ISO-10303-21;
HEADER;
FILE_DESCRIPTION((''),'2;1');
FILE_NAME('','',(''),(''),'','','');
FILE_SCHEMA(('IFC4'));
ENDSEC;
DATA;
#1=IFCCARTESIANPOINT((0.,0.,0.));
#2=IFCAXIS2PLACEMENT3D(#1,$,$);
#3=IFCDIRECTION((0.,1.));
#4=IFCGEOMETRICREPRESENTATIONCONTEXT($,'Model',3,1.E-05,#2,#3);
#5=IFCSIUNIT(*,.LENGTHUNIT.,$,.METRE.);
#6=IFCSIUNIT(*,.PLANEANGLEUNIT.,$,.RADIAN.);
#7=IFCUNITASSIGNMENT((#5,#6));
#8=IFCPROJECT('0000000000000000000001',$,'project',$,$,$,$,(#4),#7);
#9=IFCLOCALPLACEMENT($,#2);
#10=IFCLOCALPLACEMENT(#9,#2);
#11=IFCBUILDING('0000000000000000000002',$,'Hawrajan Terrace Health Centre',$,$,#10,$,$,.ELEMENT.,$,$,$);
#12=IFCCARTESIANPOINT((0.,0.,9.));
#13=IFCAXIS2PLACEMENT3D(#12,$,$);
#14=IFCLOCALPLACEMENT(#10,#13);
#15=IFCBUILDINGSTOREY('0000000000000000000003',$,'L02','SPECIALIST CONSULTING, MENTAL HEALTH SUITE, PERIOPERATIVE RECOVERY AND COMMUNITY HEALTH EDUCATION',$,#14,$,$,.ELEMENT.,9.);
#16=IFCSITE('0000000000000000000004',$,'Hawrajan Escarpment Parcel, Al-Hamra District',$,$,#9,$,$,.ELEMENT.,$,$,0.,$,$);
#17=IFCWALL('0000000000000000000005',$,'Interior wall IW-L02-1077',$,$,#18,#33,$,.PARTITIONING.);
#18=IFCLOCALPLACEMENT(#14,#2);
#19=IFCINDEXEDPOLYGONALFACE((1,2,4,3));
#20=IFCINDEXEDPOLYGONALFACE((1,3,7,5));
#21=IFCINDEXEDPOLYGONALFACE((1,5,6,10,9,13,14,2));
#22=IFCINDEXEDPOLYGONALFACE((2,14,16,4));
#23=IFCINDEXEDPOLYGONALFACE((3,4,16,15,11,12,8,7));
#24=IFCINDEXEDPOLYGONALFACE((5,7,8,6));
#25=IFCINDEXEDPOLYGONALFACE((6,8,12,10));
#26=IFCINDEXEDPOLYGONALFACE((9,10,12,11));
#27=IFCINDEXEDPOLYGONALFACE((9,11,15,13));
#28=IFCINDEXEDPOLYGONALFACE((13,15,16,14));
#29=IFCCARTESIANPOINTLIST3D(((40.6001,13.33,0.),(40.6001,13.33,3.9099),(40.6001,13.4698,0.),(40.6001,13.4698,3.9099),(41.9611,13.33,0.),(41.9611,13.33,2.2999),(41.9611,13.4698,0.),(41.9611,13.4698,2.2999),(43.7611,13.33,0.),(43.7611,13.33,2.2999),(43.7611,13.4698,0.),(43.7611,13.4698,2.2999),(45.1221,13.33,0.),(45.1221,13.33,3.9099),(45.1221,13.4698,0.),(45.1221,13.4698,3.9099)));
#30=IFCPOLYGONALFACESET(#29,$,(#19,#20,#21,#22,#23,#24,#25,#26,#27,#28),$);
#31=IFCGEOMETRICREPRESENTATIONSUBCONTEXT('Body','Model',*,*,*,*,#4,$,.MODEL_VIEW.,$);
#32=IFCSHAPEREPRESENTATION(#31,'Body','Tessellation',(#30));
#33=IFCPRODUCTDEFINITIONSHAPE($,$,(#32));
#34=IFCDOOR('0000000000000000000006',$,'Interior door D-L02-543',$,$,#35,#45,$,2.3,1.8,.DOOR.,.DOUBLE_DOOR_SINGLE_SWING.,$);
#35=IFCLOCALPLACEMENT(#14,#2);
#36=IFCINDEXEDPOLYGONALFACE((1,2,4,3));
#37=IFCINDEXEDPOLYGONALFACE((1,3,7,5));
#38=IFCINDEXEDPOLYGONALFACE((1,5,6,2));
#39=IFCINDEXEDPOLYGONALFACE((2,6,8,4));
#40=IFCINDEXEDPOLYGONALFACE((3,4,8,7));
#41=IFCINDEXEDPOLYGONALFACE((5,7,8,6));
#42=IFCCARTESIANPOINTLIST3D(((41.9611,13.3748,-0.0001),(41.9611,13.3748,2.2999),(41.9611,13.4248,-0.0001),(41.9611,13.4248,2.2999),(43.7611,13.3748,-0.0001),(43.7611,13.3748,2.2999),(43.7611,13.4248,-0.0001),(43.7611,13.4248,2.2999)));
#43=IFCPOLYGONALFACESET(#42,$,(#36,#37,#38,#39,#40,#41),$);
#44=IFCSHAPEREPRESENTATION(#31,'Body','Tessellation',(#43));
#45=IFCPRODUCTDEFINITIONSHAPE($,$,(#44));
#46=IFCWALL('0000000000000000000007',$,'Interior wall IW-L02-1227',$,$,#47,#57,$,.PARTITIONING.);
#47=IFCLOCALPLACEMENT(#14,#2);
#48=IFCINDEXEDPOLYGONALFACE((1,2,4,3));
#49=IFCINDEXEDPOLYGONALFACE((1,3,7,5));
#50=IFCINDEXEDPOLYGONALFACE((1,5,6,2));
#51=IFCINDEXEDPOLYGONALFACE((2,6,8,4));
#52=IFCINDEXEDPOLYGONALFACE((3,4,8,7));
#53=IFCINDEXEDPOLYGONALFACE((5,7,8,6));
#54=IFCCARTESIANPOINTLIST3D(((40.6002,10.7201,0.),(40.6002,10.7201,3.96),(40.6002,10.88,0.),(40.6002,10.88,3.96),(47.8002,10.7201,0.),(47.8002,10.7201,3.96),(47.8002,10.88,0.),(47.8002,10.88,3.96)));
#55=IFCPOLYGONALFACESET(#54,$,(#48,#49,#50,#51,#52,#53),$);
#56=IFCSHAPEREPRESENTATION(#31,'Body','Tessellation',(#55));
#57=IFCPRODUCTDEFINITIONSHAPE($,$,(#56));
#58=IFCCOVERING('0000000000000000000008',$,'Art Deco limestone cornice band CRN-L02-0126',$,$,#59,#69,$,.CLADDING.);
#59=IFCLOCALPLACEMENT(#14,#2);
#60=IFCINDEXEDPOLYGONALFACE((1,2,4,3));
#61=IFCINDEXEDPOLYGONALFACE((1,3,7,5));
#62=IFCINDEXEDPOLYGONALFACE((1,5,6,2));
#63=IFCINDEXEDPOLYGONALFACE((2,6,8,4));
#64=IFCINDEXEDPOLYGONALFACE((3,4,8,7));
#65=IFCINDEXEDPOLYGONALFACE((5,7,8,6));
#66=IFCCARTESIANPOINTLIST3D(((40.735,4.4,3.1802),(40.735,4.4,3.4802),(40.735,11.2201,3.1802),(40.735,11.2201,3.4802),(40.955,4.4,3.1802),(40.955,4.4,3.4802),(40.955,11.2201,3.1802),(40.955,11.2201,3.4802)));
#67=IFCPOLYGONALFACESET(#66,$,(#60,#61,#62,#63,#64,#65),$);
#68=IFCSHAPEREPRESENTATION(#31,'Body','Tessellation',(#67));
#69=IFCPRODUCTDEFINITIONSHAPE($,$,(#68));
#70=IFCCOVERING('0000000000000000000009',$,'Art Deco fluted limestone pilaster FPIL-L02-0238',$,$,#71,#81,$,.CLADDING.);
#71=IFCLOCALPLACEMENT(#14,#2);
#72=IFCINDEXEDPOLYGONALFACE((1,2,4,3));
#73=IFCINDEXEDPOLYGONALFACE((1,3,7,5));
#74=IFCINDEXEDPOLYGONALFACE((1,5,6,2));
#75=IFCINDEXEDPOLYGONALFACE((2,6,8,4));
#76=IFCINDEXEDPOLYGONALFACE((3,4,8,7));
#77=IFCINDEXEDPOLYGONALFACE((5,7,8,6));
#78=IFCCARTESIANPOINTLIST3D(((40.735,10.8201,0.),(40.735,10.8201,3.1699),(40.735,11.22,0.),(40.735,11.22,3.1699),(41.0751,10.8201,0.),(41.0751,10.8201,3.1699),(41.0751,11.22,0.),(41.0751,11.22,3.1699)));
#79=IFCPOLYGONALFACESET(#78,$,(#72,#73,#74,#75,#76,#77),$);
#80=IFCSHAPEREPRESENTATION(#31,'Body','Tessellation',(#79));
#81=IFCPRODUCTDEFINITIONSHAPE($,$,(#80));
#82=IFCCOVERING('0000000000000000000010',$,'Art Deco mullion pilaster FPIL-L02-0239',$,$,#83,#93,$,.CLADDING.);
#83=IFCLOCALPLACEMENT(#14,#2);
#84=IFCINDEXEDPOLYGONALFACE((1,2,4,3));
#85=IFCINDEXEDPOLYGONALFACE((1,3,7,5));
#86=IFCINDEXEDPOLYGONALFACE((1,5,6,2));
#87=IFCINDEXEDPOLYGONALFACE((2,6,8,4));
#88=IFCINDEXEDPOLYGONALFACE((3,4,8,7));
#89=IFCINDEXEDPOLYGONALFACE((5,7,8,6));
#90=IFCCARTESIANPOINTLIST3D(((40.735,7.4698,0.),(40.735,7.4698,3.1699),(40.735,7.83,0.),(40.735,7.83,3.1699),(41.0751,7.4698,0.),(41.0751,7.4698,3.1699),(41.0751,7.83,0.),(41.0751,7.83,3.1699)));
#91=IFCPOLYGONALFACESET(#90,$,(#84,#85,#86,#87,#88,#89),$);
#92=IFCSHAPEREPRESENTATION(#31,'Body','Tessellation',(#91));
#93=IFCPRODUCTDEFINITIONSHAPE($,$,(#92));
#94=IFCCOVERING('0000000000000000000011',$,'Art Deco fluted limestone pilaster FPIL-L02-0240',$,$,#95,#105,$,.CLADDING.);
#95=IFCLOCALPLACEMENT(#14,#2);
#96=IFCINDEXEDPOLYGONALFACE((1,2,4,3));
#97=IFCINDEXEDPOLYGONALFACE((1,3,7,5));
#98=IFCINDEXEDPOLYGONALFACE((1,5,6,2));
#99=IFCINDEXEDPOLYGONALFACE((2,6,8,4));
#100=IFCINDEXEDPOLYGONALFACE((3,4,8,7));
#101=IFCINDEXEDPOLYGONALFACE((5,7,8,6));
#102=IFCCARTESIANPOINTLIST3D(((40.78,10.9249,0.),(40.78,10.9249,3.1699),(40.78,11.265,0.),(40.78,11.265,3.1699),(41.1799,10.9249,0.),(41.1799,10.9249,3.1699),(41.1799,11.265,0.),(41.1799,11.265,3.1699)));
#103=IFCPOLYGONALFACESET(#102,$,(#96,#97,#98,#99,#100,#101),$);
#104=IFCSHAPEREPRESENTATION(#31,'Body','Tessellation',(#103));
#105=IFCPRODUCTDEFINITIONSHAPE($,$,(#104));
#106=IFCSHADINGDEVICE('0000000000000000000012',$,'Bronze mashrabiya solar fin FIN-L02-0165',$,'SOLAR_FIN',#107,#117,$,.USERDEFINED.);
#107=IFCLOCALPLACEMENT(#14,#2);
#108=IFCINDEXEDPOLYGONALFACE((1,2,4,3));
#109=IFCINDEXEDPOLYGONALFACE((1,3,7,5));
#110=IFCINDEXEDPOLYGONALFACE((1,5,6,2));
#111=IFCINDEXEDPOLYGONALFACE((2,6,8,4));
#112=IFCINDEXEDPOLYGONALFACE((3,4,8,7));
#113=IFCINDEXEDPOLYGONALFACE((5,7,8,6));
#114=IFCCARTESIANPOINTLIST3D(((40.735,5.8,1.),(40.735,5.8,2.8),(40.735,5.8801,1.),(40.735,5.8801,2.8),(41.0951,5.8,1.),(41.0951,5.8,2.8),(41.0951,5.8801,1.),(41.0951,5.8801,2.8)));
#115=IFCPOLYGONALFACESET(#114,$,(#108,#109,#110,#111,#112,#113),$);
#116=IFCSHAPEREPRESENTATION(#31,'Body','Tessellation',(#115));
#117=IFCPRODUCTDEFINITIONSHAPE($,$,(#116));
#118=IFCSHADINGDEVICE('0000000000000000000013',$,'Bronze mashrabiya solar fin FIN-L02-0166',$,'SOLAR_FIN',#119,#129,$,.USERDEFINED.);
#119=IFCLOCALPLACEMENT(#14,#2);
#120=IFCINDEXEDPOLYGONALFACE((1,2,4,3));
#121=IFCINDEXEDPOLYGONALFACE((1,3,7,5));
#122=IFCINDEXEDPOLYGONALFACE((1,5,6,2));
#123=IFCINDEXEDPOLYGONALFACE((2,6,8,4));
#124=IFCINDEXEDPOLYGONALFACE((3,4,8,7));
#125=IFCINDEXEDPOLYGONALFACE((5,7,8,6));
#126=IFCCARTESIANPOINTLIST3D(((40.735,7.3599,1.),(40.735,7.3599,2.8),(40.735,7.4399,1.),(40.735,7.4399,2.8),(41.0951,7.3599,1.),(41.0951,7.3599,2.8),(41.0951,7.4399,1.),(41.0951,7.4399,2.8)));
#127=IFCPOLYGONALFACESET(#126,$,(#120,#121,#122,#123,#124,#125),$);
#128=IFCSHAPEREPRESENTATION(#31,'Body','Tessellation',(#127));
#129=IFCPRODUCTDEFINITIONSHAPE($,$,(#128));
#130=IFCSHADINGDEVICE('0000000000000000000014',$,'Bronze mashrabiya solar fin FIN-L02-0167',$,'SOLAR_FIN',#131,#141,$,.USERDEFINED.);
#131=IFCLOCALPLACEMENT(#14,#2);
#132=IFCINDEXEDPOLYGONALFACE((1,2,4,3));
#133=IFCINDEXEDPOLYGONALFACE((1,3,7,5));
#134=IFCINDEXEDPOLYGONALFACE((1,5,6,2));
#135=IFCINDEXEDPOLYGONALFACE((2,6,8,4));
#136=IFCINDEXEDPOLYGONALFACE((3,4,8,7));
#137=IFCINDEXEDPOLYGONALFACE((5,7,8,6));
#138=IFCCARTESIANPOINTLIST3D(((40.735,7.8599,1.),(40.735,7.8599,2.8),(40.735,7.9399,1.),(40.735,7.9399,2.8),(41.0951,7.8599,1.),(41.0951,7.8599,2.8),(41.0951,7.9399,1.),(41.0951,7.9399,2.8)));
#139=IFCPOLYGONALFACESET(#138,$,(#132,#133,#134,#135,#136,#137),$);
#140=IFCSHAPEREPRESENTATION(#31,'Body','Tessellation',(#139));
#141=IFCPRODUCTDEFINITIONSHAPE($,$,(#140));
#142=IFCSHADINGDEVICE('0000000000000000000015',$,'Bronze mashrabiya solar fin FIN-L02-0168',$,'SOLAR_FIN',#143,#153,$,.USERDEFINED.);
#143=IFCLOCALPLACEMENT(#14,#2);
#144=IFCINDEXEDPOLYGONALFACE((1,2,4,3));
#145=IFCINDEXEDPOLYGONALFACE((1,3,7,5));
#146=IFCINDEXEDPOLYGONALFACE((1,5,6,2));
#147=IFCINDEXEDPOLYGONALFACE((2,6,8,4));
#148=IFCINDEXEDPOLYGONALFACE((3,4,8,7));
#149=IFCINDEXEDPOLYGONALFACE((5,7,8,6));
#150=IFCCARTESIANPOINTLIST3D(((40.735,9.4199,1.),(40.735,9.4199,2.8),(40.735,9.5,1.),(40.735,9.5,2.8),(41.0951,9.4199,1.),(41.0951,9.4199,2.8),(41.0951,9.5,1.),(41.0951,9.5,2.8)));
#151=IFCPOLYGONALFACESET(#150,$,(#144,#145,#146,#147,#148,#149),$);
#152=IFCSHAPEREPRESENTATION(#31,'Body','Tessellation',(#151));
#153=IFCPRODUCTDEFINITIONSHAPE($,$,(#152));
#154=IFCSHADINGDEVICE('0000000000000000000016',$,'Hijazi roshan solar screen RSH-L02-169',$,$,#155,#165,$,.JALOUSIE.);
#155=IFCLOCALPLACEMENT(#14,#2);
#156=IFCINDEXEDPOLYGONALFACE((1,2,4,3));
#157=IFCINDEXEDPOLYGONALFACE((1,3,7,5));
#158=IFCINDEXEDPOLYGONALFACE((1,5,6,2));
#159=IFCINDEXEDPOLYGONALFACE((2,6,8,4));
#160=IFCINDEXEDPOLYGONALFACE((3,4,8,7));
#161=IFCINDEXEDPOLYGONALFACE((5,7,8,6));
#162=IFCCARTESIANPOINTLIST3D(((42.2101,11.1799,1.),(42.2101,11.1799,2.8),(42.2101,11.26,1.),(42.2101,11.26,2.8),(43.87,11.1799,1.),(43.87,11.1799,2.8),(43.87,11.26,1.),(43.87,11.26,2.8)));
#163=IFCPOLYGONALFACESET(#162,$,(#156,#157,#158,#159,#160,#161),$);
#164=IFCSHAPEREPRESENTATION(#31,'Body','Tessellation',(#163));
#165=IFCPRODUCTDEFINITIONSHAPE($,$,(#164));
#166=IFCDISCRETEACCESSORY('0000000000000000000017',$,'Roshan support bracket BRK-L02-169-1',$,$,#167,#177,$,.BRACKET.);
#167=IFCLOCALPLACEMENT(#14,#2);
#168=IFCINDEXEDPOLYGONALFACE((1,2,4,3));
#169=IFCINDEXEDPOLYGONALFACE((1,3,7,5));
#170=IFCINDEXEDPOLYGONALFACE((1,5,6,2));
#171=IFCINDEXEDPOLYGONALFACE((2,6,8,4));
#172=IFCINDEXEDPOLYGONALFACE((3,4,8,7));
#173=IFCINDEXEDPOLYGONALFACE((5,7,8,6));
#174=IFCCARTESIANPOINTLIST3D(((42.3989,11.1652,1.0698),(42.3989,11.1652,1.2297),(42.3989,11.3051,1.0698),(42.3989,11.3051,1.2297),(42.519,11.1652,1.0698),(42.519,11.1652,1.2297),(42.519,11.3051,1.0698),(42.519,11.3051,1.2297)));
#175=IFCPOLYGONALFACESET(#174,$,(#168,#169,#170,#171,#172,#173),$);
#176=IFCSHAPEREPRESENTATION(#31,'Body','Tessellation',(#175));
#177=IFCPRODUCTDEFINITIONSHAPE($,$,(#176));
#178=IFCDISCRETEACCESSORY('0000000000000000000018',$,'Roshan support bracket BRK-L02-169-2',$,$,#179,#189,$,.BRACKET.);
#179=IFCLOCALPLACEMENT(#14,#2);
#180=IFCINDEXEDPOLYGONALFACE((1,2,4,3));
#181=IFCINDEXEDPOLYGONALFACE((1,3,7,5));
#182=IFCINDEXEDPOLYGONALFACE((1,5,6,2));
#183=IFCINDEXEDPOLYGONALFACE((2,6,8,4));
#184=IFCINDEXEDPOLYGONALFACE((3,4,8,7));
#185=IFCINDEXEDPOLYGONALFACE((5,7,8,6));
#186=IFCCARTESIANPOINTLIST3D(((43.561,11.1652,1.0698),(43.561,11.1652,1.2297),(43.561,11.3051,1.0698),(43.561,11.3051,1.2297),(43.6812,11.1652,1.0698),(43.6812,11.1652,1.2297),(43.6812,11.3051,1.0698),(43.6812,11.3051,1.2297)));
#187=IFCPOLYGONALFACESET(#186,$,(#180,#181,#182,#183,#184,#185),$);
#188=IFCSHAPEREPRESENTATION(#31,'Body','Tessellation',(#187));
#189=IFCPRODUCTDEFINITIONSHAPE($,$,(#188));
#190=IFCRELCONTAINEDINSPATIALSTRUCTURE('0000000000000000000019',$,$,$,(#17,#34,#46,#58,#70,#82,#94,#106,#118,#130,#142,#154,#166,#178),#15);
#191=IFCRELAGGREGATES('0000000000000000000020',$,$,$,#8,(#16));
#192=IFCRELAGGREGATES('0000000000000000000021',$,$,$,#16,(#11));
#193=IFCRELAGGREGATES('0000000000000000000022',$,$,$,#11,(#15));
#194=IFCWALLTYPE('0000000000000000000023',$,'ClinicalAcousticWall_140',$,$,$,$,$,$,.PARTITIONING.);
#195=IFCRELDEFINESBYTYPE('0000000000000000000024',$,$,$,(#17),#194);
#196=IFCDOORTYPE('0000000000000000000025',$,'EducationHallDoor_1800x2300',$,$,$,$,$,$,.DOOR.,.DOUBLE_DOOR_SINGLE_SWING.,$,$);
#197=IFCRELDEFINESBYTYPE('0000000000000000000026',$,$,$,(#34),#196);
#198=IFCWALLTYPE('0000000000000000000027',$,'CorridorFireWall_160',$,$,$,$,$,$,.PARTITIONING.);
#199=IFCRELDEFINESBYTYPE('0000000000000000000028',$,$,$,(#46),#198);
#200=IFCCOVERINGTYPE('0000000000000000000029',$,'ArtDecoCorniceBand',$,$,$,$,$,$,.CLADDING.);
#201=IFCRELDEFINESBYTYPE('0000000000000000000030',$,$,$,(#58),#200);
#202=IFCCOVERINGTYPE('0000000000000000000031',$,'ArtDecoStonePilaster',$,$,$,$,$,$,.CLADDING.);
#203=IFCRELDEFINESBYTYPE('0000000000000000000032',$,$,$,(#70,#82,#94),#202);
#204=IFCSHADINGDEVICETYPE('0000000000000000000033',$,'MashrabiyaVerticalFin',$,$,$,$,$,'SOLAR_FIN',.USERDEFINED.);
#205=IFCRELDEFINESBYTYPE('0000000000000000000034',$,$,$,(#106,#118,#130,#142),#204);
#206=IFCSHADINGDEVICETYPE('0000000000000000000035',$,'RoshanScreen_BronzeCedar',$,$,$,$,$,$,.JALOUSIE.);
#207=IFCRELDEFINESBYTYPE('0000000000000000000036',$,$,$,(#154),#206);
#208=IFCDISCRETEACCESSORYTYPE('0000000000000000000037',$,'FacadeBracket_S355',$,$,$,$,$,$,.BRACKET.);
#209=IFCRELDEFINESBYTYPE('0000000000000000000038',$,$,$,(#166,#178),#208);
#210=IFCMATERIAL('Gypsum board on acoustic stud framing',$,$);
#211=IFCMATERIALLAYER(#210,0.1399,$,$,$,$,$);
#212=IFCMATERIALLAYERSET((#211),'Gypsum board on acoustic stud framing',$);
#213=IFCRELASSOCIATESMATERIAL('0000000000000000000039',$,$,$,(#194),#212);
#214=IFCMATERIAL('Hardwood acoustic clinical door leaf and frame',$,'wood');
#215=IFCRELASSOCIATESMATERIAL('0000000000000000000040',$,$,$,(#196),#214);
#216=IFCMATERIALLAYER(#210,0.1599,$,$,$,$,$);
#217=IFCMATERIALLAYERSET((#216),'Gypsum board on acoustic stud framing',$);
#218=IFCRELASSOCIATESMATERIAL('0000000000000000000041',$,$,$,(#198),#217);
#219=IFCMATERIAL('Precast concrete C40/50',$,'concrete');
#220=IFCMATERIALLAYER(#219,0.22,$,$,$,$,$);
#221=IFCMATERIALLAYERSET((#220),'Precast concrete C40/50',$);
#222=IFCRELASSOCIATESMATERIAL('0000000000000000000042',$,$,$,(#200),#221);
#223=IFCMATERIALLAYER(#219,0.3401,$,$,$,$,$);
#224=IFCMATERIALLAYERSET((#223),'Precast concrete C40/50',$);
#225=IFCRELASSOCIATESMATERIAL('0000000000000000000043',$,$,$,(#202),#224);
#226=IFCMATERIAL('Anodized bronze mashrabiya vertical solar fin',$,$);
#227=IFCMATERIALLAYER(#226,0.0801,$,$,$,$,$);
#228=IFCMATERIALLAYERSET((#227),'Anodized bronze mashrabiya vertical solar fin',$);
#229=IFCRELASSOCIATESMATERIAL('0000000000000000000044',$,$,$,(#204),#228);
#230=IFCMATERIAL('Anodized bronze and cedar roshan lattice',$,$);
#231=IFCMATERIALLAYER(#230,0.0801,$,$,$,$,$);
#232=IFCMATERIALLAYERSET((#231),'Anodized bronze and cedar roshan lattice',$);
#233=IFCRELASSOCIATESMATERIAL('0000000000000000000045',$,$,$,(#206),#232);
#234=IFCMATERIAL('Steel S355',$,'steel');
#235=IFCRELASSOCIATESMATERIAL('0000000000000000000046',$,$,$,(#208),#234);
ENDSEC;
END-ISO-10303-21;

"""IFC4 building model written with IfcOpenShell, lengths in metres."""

from ifc_helpers import new_model, si_unit, direction, frame, frame_2d, origin, origin_2d, place, context, subcontext, project, spatial, rectangle, extrude, material, layer, layer_set, type_object, element, fill, save


model = new_model("IFC4")

# Units and contexts
model_context = context("Model", 3, precision=1e-05, world=origin(), true_north=direction((0.0, 1.0)))
body_context = subcontext(model_context, "Body", "Model", "MODEL_VIEW")
ifc_project = project(units=[si_unit("LENGTHUNIT", "METRE"), si_unit("PLANEANGLEUNIT", "RADIAN")], contexts=[model_context])

# Site, building, storey
site_placement = place(None, origin())
site = spatial("IfcSite", under=ifc_project, at=site_placement, Name="Hawrajan Escarpment Parcel, Al-Hamra District", CompositionType="ELEMENT", RefElevation=0.0)
building_placement = place(site_placement, origin())
building = spatial("IfcBuilding", under=site, at=building_placement, Name="Hawrajan Terrace Health Centre", CompositionType="ELEMENT")
storey_placement = place(building_placement, frame((0.0, 0.0, 9.0)))
storey = spatial("IfcBuildingStorey", under=building, at=storey_placement, Name="L02", Description="SPECIALIST CONSULTING, MENTAL HEALTH SUITE, PERIOPERATIVE RECOVERY AND COMMUNITY HEALTH EDUCATION", CompositionType="ELEMENT", Elevation=9.0)

# Shared definitions
ifc_material_1 = material(Name="Precast concrete C40/50", Category="concrete")

# Shared definitions
ifc_material_2 = material(Name="Gypsum board on acoustic stud framing")
ifc_layer_1 = layer(ifc_material_2, 0.1399)
ifc_layer_set_1 = layer_set([ifc_layer_1], Name="Gypsum board on acoustic stud framing")
wall_type_1 = type_object("IfcWallType", Name="ClinicalAcousticWall_140", PredefinedType="PARTITIONING", material=ifc_layer_set_1)
ifc_material_3 = material(Name="Hardwood acoustic clinical door leaf and frame", Category="wood")

# Wall, opening, door
wall_1_placement = place(storey_placement, frame((40.6001, 13.3999, 0.0), z_axis=(0.0, 0.0, 1.0), x_axis=(1.0, 0.0, 0.0)))
wall_1 = element("IfcWall", 1, at=wall_1_placement, inside=storey, type_object=wall_type_1, Name="Interior wall IW-L02-1077", PredefinedType="PARTITIONING", context=body_context, shape_type="SweptSolid", body=[
    extrude(rectangle(XDim=4.522, YDim=0.1399, at=frame_2d((2.261, 0.0))), origin(), (0.0, 0.0, 1.0), 3.9099),
])
opening_1_placement = place(wall_1_placement, frame((1.3611, 0.0, 0.0)))
opening_1 = element("IfcOpeningElement", 2, at=opening_1_placement, cuts=wall_1, PredefinedType="OPENING", context=body_context, shape_type="SweptSolid", body=[
    extrude(rectangle(XDim=1.8, YDim=2.3, at=frame_2d((0.8999, 1.1499))), frame((0.0, 0.0798, 0.0), z_axis=(0.0, -1.0, 0.0), x_axis=(1.0, 0.0, 0.0)), (0.0, 0.0, 1.0), 0.1599),
])
door_type_1 = type_object("IfcDoorType", Name="EducationHallDoor_1800x2300", OperationType="DOUBLE_DOOR_SINGLE_SWING", PredefinedType="DOOR", material=ifc_material_3)
door_1_placement = place(opening_1_placement, origin())
door_1 = element("IfcDoor", 3, at=door_1_placement, inside=storey, type_object=door_type_1, Name="Interior door D-L02-543", OperationType="DOUBLE_DOOR_SINGLE_SWING", OverallHeight=2.3, OverallWidth=1.8, PredefinedType="DOOR", context=body_context, shape_type="SweptSolid", body=[
    extrude(rectangle(XDim=1.8, YDim=2.3, at=frame_2d((0.8999, 1.1499))), frame((0.0, 0.0249, 0.0), z_axis=(0.0, -1.0, 0.0), x_axis=(1.0, 0.0, 0.0)), (0.0, 0.0, 1.0), 0.05),
])
fill(opening_1, door_1)

# Wall
ifc_layer_2 = layer(ifc_material_2, 0.1599)
ifc_layer_set_2 = layer_set([ifc_layer_2], Name="Gypsum board on acoustic stud framing")
wall_type_2 = type_object("IfcWallType", Name="CorridorFireWall_160", PredefinedType="PARTITIONING", material=ifc_layer_set_2)
wall_2_placement = place(storey_placement, frame((40.6001, 10.8, 0.0), z_axis=(0.0, 0.0, 1.0), x_axis=(1.0, 0.0, 0.0)))
element("IfcWall", 4, at=wall_2_placement, inside=storey, type_object=wall_type_2, Name="Interior wall IW-L02-1227", PredefinedType="PARTITIONING", context=body_context, shape_type="SweptSolid", body=[
    extrude(rectangle(XDim=7.2, YDim=0.1599, at=frame_2d((3.6001, 0.0))), origin(), (0.0, 0.0, 1.0), 3.96),
])

# Coverings
ifc_layer_3 = layer(ifc_material_1, 0.22)
ifc_layer_set_3 = layer_set([ifc_layer_3], Name="Precast concrete C40/50")
covering_type_1 = type_object("IfcCoveringType", Name="ArtDecoCorniceBand", PredefinedType="CLADDING", material=ifc_layer_set_3)
covering_1_placement = place(storey_placement, frame((40.845, 7.8101, 3.1802), z_axis=(0.0, 0.0, 1.0), x_axis=(0.0, 1.0, 0.0)))
element("IfcCovering", 5, at=covering_1_placement, inside=storey, type_object=covering_type_1, Name="Art Deco limestone cornice band CRN-L02-0126", PredefinedType="CLADDING", context=body_context, shape_type="SweptSolid", body=[
    extrude(rectangle(XDim=6.8201, YDim=0.22, at=origin_2d()), origin(), (0.0, 0.0, 1.0), 0.3),
])
ifc_layer_4 = layer(ifc_material_1, 0.3401)
ifc_layer_set_4 = layer_set([ifc_layer_4], Name="Precast concrete C40/50")
covering_type_2 = type_object("IfcCoveringType", Name="ArtDecoStonePilaster", PredefinedType="CLADDING", material=ifc_layer_set_4)
covering_2_placement = place(storey_placement, frame((40.905, 11.02, 0.0), z_axis=(0.0, 0.0, 1.0), x_axis=(0.0, 1.0, 0.0)))
element("IfcCovering", 6, at=covering_2_placement, inside=storey, type_object=covering_type_2, Name="Art Deco fluted limestone pilaster FPIL-L02-0238", PredefinedType="CLADDING", context=body_context, shape_type="SweptSolid", body=[
    extrude(rectangle(XDim=0.3999, YDim=0.3401, at=origin_2d()), origin(), (0.0, 0.0, 1.0), 3.1699),
])
covering_3_placement = place(storey_placement, frame((40.905, 7.6499, 0.0), z_axis=(0.0, 0.0, 1.0), x_axis=(0.0, 1.0, 0.0)))
element("IfcCovering", 7, at=covering_3_placement, inside=storey, type_object=covering_type_2, Name="Art Deco mullion pilaster FPIL-L02-0239", PredefinedType="CLADDING", context=body_context, shape_type="SweptSolid", body=[
    extrude(rectangle(XDim=0.3601, YDim=0.3401, at=origin_2d()), origin(), (0.0, 0.0, 1.0), 3.1699),
])
covering_4_placement = place(storey_placement, frame((40.98, 11.095, 0.0), z_axis=(0.0, 0.0, 1.0), x_axis=(1.0, 0.0, 0.0)))
element("IfcCovering", 8, at=covering_4_placement, inside=storey, type_object=covering_type_2, Name="Art Deco fluted limestone pilaster FPIL-L02-0240", PredefinedType="CLADDING", context=body_context, shape_type="SweptSolid", body=[
    extrude(rectangle(XDim=0.3999, YDim=0.3401, at=origin_2d()), origin(), (0.0, 0.0, 1.0), 3.1699),
])

# Shading devices
ifc_material_4 = material(Name="Anodized bronze mashrabiya vertical solar fin")
ifc_layer_5 = layer(ifc_material_4, 0.0801)
ifc_layer_set_5 = layer_set([ifc_layer_5], Name="Anodized bronze mashrabiya vertical solar fin")
shading_device_type_1 = type_object("IfcShadingDeviceType", Name="MashrabiyaVerticalFin", ElementType="SOLAR_FIN", PredefinedType="USERDEFINED", material=ifc_layer_set_5)
for number, where, z_axis, x_axis, name in (
    (9, (40.915, 5.8401, 1.0), (0.0, 0.0, 1.0), (0.0, 1.0, 0.0), "Bronze mashrabiya solar fin FIN-L02-0165"),
    (10, (40.915, 7.3999, 1.0), (0.0, 0.0, 1.0), (0.0, 1.0, 0.0), "Bronze mashrabiya solar fin FIN-L02-0166"),
    (11, (40.915, 7.8999, 1.0), (0.0, 0.0, 1.0), (0.0, 1.0, 0.0), "Bronze mashrabiya solar fin FIN-L02-0167"),
    (12, (40.915, 9.46, 1.0), (0.0, 0.0, 1.0), (0.0, 1.0, 0.0), "Bronze mashrabiya solar fin FIN-L02-0168"),
):
    element("IfcShadingDevice", number, at=place(storey_placement, frame(where, z_axis=z_axis, x_axis=x_axis)), inside=storey, type_object=shading_device_type_1, Name=name, ObjectType="SOLAR_FIN", PredefinedType="USERDEFINED", context=body_context, shape_type="SweptSolid", body=[
        extrude(rectangle(XDim=0.0801, YDim=0.3601, at=origin_2d()), origin(), (0.0, 0.0, 1.0), 1.8),
    ])
ifc_material_5 = material(Name="Anodized bronze and cedar roshan lattice")
ifc_layer_6 = layer(ifc_material_5, 0.0801)
ifc_layer_set_6 = layer_set([ifc_layer_6], Name="Anodized bronze and cedar roshan lattice")
shading_device_type_2 = type_object("IfcShadingDeviceType", Name="RoshanScreen_BronzeCedar", PredefinedType="JALOUSIE", material=ifc_layer_set_6)
shading_device_placement = place(storey_placement, frame((43.04, 11.22, 1.0), z_axis=(0.0, 0.0, 1.0), x_axis=(1.0, 0.0, 0.0)))
element("IfcShadingDevice", 13, at=shading_device_placement, inside=storey, type_object=shading_device_type_2, Name="Hijazi roshan solar screen RSH-L02-169", PredefinedType="JALOUSIE", context=body_context, shape_type="SweptSolid", body=[
    extrude(rectangle(XDim=1.6599, YDim=0.0801, at=origin_2d()), origin(), (0.0, 0.0, 1.0), 1.8),
])

# Discrete accessories
ifc_material_6 = material(Name="Steel S355", Category="steel")
discrete_accessory_type = type_object("IfcDiscreteAccessoryType", Name="FacadeBracket_S355", PredefinedType="BRACKET", material=ifc_material_6)
for number, where, z_axis, x_axis, name in (
    (14, (42.459, 11.2351, 1.0698), (0.0, 0.0, 1.0), (1.0, 0.0, 0.0), "Roshan support bracket BRK-L02-169-1"),
    (15, (43.6211, 11.2351, 1.0698), (0.0, 0.0, 1.0), (1.0, 0.0, 0.0), "Roshan support bracket BRK-L02-169-2"),
):
    element("IfcDiscreteAccessory", number, at=place(storey_placement, frame(where, z_axis=z_axis, x_axis=x_axis)), inside=storey, type_object=discrete_accessory_type, Name=name, PredefinedType="BRACKET", context=body_context, shape_type="SweptSolid", body=[
        extrude(rectangle(XDim=0.1201, YDim=0.1399, at=origin_2d()), origin(), (0.0, 0.0, 1.0), 0.1599),
    ])

save(model, "model.ifc")
